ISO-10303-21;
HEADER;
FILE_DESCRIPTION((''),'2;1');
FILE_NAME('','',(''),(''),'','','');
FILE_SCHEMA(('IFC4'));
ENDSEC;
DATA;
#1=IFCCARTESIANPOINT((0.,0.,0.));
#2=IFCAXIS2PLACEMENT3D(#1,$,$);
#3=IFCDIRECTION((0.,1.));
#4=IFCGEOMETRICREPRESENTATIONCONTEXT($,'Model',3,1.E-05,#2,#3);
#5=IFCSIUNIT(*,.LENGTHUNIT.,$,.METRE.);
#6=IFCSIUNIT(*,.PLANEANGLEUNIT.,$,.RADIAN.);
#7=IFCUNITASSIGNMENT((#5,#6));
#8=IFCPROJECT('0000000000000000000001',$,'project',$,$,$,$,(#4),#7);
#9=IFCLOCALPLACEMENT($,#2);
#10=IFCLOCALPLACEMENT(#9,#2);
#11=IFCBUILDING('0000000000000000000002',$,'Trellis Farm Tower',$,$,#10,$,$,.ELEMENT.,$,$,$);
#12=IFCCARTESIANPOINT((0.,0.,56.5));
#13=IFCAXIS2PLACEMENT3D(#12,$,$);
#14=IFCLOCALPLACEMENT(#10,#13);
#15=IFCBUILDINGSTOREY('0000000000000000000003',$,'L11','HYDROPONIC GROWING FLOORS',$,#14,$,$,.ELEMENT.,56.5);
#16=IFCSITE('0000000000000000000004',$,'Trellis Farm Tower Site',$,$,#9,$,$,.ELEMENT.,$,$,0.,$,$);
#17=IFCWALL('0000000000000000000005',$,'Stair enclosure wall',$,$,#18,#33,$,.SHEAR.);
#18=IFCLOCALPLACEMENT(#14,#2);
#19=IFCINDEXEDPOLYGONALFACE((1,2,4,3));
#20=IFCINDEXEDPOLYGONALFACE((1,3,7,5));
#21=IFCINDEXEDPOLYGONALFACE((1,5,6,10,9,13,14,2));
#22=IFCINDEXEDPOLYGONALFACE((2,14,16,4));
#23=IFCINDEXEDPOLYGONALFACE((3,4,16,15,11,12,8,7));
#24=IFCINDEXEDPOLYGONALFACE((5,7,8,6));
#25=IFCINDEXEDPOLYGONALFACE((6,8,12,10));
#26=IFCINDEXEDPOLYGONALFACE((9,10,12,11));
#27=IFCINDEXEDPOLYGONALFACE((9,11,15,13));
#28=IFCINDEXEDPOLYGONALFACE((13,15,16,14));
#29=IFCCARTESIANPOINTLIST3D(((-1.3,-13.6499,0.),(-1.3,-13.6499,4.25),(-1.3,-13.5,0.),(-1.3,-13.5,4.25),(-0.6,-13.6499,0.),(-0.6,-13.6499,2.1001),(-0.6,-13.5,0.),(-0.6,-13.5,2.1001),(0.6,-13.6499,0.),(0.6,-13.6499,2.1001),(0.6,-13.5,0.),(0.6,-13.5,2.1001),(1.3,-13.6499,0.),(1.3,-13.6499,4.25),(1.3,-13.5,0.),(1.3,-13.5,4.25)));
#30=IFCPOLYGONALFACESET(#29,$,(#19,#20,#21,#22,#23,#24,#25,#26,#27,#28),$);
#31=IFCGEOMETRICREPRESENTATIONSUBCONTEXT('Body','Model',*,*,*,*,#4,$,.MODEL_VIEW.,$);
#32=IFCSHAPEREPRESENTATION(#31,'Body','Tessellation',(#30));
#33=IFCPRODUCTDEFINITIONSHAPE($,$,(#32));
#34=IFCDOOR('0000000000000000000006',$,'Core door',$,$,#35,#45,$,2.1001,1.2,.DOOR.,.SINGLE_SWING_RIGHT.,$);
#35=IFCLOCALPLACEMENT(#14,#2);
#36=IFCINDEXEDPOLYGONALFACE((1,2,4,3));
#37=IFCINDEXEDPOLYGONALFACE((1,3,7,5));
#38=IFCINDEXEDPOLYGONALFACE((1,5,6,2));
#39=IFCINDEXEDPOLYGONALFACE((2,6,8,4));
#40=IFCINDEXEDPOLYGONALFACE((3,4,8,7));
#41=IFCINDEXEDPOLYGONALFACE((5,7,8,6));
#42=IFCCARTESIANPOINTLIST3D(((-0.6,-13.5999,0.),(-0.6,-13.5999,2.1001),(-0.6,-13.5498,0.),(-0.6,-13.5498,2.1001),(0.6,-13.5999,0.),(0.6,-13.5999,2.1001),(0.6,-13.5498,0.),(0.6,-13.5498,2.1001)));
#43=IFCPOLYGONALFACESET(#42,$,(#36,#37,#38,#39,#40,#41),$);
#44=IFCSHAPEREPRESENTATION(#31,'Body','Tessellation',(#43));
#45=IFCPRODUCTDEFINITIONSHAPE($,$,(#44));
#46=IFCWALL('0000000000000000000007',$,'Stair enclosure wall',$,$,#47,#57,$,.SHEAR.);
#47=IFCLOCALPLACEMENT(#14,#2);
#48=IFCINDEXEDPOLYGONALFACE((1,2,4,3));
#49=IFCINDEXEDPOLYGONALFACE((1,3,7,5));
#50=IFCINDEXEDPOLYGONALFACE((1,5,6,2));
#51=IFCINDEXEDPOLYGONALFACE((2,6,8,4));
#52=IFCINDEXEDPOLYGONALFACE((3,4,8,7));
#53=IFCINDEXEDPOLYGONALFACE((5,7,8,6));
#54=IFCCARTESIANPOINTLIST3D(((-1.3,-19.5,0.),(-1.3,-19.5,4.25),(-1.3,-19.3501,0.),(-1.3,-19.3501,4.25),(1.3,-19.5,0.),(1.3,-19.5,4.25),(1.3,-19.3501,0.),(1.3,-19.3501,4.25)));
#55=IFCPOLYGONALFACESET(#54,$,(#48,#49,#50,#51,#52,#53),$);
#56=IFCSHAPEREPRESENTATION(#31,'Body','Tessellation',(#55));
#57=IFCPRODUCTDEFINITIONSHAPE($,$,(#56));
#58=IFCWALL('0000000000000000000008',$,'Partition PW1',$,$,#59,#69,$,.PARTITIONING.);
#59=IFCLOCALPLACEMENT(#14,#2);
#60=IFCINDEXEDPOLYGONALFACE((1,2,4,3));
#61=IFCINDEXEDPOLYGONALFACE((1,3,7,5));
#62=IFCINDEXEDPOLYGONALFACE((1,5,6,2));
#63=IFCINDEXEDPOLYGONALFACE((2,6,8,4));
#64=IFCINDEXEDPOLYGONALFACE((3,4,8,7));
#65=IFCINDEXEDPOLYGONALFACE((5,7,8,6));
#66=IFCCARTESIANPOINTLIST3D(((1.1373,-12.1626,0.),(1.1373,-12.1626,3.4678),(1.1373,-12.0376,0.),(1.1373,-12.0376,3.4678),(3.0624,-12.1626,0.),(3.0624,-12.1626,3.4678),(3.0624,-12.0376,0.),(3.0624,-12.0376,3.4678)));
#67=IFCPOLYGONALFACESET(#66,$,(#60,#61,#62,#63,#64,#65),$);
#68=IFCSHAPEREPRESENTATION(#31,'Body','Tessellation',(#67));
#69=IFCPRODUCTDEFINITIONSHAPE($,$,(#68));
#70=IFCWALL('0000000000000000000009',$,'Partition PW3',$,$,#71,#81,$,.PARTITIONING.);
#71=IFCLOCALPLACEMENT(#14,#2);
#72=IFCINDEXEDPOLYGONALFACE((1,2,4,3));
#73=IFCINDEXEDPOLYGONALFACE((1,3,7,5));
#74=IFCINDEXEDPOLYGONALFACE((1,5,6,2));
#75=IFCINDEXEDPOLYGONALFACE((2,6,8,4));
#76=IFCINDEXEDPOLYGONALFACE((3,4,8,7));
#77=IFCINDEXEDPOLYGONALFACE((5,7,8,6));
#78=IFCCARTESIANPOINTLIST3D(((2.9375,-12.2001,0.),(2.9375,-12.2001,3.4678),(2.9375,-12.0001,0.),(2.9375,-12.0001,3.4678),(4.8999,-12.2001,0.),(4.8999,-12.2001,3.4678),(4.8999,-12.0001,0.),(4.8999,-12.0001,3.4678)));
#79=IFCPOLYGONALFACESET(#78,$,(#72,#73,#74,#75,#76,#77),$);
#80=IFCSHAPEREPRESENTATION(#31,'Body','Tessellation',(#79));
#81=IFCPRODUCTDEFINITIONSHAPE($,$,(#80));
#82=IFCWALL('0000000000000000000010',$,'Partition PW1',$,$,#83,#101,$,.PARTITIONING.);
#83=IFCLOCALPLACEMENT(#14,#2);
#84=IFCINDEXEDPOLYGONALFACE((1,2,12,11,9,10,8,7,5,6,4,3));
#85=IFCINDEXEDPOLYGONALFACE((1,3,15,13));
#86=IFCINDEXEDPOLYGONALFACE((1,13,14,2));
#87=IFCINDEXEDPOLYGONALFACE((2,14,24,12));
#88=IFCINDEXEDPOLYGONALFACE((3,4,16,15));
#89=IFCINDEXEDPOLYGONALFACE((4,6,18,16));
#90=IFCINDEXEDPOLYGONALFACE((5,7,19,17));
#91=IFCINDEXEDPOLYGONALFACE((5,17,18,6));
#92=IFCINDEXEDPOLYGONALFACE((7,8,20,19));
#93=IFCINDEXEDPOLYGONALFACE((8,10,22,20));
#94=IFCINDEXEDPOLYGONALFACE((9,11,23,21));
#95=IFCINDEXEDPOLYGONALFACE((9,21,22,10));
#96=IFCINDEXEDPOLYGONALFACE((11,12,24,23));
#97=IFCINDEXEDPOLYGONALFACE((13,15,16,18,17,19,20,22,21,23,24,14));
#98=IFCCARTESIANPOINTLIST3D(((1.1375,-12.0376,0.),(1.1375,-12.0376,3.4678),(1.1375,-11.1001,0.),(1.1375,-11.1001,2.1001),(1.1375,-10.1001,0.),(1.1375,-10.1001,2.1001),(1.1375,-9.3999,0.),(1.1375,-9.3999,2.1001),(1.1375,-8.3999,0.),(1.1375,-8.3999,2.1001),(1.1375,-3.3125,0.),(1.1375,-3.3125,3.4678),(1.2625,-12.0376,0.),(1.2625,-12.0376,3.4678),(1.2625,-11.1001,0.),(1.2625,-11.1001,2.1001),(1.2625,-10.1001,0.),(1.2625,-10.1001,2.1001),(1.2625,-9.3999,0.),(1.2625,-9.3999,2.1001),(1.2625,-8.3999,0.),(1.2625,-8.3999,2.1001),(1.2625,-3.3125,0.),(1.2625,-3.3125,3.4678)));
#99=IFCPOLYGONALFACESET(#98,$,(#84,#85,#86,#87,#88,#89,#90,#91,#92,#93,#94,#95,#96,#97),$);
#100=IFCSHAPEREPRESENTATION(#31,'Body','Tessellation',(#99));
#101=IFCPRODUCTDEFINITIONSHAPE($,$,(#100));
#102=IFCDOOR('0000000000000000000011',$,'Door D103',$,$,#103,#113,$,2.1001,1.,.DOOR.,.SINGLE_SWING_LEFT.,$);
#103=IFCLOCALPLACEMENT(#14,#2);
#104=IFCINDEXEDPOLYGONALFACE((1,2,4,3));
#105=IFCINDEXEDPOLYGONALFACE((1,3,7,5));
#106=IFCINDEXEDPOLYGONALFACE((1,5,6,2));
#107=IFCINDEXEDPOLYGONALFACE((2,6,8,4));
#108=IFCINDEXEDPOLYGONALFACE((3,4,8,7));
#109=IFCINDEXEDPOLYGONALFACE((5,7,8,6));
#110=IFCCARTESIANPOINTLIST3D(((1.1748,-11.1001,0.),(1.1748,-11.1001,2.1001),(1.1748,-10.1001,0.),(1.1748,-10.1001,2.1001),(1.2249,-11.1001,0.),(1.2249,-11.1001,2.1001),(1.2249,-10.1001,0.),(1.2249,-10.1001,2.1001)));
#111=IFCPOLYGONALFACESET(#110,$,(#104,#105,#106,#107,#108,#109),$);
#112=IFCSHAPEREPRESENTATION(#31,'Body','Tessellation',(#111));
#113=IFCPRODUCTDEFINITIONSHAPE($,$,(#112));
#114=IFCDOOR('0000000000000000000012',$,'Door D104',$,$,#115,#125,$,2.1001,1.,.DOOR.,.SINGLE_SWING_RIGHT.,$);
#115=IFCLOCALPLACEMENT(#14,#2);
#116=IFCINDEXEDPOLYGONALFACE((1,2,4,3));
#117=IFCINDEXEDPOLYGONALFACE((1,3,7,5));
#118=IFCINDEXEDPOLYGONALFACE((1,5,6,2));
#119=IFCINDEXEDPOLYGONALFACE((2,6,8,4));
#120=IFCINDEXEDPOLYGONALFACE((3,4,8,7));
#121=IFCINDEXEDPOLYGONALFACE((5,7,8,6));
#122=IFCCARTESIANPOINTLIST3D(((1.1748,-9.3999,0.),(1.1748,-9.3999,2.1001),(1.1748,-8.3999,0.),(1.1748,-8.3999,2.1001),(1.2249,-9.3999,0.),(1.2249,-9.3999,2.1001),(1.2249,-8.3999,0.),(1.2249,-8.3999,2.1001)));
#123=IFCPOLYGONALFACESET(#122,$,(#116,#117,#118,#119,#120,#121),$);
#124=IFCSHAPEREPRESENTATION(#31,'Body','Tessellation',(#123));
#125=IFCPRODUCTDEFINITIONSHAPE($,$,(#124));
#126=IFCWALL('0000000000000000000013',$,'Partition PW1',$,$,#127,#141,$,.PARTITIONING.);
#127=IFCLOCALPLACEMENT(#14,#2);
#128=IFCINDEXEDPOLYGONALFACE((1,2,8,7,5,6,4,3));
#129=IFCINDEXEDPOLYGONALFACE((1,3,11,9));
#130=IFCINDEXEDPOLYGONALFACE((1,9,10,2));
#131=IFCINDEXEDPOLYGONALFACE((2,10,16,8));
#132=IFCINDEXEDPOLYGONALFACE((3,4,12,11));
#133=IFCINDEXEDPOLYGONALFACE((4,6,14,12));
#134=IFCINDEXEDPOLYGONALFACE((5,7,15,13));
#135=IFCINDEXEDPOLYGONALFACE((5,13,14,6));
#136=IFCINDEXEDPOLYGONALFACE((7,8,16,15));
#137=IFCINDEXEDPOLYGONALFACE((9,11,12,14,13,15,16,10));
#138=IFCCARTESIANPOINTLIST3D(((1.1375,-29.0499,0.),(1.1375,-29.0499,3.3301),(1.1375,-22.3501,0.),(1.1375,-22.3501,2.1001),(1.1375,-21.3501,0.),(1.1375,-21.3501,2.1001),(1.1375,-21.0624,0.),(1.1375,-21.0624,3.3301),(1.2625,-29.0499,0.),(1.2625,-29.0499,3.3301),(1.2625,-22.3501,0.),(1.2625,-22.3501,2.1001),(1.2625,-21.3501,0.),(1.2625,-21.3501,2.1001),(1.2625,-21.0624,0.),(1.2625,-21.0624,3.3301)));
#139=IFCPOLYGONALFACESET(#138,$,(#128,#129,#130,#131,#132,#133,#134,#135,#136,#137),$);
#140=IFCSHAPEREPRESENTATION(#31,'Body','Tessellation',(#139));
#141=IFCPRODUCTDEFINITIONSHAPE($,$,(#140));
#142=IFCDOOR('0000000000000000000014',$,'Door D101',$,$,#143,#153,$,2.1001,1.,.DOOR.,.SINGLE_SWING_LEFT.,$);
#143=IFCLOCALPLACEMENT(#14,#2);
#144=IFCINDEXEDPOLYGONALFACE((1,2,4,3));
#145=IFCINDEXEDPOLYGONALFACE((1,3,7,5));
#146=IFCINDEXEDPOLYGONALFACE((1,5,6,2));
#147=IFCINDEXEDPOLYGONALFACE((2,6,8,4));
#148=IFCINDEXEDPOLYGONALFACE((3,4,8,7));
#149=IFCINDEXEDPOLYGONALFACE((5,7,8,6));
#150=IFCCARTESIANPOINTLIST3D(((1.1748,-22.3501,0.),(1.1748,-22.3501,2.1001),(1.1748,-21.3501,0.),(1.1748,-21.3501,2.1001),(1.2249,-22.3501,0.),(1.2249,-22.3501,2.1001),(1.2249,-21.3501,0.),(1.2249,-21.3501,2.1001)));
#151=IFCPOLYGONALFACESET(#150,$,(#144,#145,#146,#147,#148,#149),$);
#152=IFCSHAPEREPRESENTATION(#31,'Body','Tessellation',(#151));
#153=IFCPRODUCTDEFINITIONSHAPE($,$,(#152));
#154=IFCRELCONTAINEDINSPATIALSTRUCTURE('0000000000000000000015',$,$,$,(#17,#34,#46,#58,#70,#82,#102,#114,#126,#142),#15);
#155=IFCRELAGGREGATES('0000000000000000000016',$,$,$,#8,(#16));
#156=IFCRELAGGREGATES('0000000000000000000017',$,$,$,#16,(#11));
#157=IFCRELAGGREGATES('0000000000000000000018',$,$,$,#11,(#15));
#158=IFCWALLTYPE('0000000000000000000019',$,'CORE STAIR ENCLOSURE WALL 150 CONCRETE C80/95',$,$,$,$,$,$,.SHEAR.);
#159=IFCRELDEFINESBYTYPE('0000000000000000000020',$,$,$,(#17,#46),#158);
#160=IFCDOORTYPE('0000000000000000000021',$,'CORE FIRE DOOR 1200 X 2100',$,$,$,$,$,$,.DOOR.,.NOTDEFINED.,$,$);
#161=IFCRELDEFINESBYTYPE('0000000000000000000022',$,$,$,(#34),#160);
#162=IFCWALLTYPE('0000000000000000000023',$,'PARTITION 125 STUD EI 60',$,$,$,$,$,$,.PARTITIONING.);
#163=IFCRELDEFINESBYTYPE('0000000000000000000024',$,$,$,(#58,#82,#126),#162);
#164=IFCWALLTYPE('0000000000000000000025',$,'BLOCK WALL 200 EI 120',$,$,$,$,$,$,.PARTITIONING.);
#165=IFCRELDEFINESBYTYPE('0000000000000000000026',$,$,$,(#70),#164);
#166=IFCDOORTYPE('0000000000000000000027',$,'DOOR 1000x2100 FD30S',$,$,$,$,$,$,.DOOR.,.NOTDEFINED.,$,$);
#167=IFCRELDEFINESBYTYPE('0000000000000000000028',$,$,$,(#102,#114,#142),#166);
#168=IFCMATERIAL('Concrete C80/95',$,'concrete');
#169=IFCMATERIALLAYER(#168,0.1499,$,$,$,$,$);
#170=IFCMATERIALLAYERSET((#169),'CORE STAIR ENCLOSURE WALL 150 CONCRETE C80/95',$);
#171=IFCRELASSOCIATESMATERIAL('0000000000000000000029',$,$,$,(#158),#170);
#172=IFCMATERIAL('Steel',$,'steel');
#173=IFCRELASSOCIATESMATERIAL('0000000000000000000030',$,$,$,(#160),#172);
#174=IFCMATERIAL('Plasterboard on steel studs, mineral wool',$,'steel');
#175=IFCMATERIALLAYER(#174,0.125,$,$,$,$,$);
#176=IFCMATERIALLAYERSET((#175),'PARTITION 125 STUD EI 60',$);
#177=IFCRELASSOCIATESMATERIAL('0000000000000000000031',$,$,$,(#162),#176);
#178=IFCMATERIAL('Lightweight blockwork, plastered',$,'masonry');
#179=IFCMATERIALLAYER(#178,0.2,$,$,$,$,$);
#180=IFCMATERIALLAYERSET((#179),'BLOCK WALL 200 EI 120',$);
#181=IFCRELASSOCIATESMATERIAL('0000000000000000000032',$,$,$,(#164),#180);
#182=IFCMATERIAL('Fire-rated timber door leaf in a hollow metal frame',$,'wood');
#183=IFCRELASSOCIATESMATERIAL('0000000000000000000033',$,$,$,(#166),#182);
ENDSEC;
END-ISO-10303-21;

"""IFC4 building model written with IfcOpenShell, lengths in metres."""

from ifc_helpers import new_model, si_unit, direction, frame, frame_2d, origin, place, context, subcontext, project, spatial, rectangle, extrude, source, transform, mapped, material, layer, layer_set, type_object, element, fill, save


model = new_model("IFC4")

# Units and contexts
model_context = context("Model", 3, precision=1e-05, world=origin(), true_north=direction((0.0, 1.0)))
body_context = subcontext(model_context, "Body", "Model", "MODEL_VIEW")
ifc_project = project(units=[si_unit("LENGTHUNIT", "METRE"), si_unit("PLANEANGLEUNIT", "RADIAN")], contexts=[model_context])

# Site, building, storey
site_placement = place(None, origin())
site = spatial("IfcSite", under=ifc_project, at=site_placement, Name="Trellis Farm Tower Site", CompositionType="ELEMENT", RefElevation=0.0)
building_placement = place(site_placement, origin())
building = spatial("IfcBuilding", under=site, at=building_placement, Name="Trellis Farm Tower", CompositionType="ELEMENT")
storey_placement = place(building_placement, frame((0.0, 0.0, 56.5)))
storey = spatial("IfcBuildingStorey", under=building, at=storey_placement, Name="L11", Description="HYDROPONIC GROWING FLOORS", CompositionType="ELEMENT", Elevation=56.5)

# Shared definitions
ifc_material_1 = material(Name="Concrete C80/95", Category="concrete")

# Wall, opening, door
ifc_layer_1 = layer(ifc_material_1, 0.1499)
ifc_layer_set_1 = layer_set([ifc_layer_1], Name="CORE STAIR ENCLOSURE WALL 150 CONCRETE C80/95")
wall_type_1 = type_object("IfcWallType", Name="CORE STAIR ENCLOSURE WALL 150 CONCRETE C80/95", PredefinedType="SHEAR", material=ifc_layer_set_1)
shared_shape_1 = source(origin(), body_context, "Body", "SweptSolid", [
    extrude(rectangle(XDim=2.6001, YDim=0.1499, at=frame_2d((1.3, 0.0))), origin(), (0.0, 0.0, 1.0), 4.25),
])
wall_1_placement = place(storey_placement, frame((1.3, -13.575, 0.0), z_axis=(0.0, 0.0, 1.0), x_axis=(-1.0, 0.0, 0.0)))
wall_1 = element("IfcWall", 1, at=wall_1_placement, inside=storey, type_object=wall_type_1, Name="Stair enclosure wall", PredefinedType="SHEAR", context=body_context, shape_type="MappedRepresentation", body=[
    mapped(shared_shape_1, transform((0.0, 0.0, 0.0))),
])
shared_shape_2 = source(origin(), body_context, "Body", "SweptSolid", [
    extrude(rectangle(XDim=1.2, YDim=2.1001, at=frame_2d((0.6001, 1.05))), frame((0.0, 0.085, 0.0), z_axis=(0.0, -1.0, 0.0), x_axis=(1.0, 0.0, 0.0)), (0.0, 0.0, 1.0), 0.1699),
])
opening_1_placement = place(wall_1_placement, frame((0.7, 0.0, 0.0)))
opening_1 = element("IfcOpeningElement", 2, at=opening_1_placement, cuts=wall_1, PredefinedType="OPENING", context=body_context, shape_type="MappedRepresentation", body=[
    mapped(shared_shape_2, transform((0.0, 0.0, 0.0))),
])
ifc_material_2 = material(Name="Steel", Category="steel")
door_type_1 = type_object("IfcDoorType", Name="CORE FIRE DOOR 1200 X 2100", OperationType="NOTDEFINED", PredefinedType="DOOR", material=ifc_material_2)
shared_shape_3 = source(origin(), body_context, "Body", "SweptSolid", [
    extrude(rectangle(XDim=1.2, YDim=2.1001, at=frame_2d((0.6001, 1.05))), frame((0.0, 0.0249, 0.0), z_axis=(0.0, -1.0, 0.0), x_axis=(1.0, 0.0, 0.0)), (0.0, 0.0, 1.0), 0.05),
])
door_1_placement = place(opening_1_placement, origin())
door_1 = element("IfcDoor", 3, at=door_1_placement, inside=storey, type_object=door_type_1, Name="Core door", OperationType="SINGLE_SWING_RIGHT", OverallHeight=2.1001, OverallWidth=1.2, PredefinedType="DOOR", context=body_context, shape_type="MappedRepresentation", body=[
    mapped(shared_shape_3, transform((0.0, 0.0, 0.0))),
])
fill(opening_1, door_1)

# Walls
wall_2_placement = place(storey_placement, frame((1.3, -19.425, 0.0), z_axis=(0.0, 0.0, 1.0), x_axis=(-1.0, 0.0, 0.0)))
element("IfcWall", 4, at=wall_2_placement, inside=storey, type_object=wall_type_1, Name="Stair enclosure wall", PredefinedType="SHEAR", context=body_context, shape_type="MappedRepresentation", body=[
    mapped(shared_shape_1, transform((0.0, 0.0, 0.0))),
])
ifc_material_3 = material(Name="Plasterboard on steel studs, mineral wool", Category="steel")
ifc_layer_2 = layer(ifc_material_3, 0.125)
ifc_layer_set_2 = layer_set([ifc_layer_2], Name="PARTITION 125 STUD EI 60")
wall_type_2 = type_object("IfcWallType", Name="PARTITION 125 STUD EI 60", PredefinedType="PARTITIONING", material=ifc_layer_set_2)
shared_shape_4 = source(origin(), body_context, "Body", "SweptSolid", [
    extrude(rectangle(XDim=1.925, YDim=0.125, at=frame_2d((0.9624, 0.0))), origin(), (0.0, 0.0, 1.0), 3.4678),
])
wall_3_placement = place(storey_placement, frame((1.1375, -12.1001, 0.0), z_axis=(0.0, 0.0, 1.0), x_axis=(1.0, 0.0, 0.0)))
element("IfcWall", 5, at=wall_3_placement, inside=storey, type_object=wall_type_2, Name="Partition PW1", PredefinedType="PARTITIONING", context=body_context, shape_type="MappedRepresentation", body=[
    mapped(shared_shape_4, transform((0.0, 0.0, 0.0))),
])
ifc_material_4 = material(Name="Lightweight blockwork, plastered", Category="masonry")
ifc_layer_3 = layer(ifc_material_4, 0.2)
ifc_layer_set_3 = layer_set([ifc_layer_3], Name="BLOCK WALL 200 EI 120")
wall_type_3 = type_object("IfcWallType", Name="BLOCK WALL 200 EI 120", PredefinedType="PARTITIONING", material=ifc_layer_set_3)
shared_shape_5 = source(origin(), body_context, "Body", "SweptSolid", [
    extrude(rectangle(XDim=1.9624, YDim=0.2, at=frame_2d((0.9812, 0.0))), origin(), (0.0, 0.0, 1.0), 3.4678),
])
wall_4_placement = place(storey_placement, frame((2.9375, -12.1001, 0.0), z_axis=(0.0, 0.0, 1.0), x_axis=(1.0, 0.0, 0.0)))
element("IfcWall", 6, at=wall_4_placement, inside=storey, type_object=wall_type_3, Name="Partition PW3", PredefinedType="PARTITIONING", context=body_context, shape_type="MappedRepresentation", body=[
    mapped(shared_shape_5, transform((0.0, 0.0, 0.0))),
])

# Wall, openings, doors
shared_shape_6 = source(origin(), body_context, "Body", "SweptSolid", [
    extrude(rectangle(XDim=8.7251, YDim=0.125, at=frame_2d((4.3625, 0.0))), origin(), (0.0, 0.0, 1.0), 3.4678),
])
wall_5_placement = place(storey_placement, frame((1.2, -3.3125, 0.0), z_axis=(0.0, 0.0, 1.0), x_axis=(0.0, -1.0, 0.0)))
wall_5 = element("IfcWall", 7, at=wall_5_placement, inside=storey, type_object=wall_type_2, Name="Partition PW1", PredefinedType="PARTITIONING", context=body_context, shape_type="MappedRepresentation", body=[
    mapped(shared_shape_6, transform((0.0, 0.0, 0.0))),
])
shared_shape_7 = source(origin(), body_context, "Body", "SweptSolid", [
    extrude(rectangle(XDim=1.0, YDim=2.1001, at=frame_2d((0.5, 1.05))), frame((0.0, 0.0725, 0.0), z_axis=(0.0, -1.0, 0.0), x_axis=(1.0, 0.0, 0.0)), (0.0, 0.0, 1.0), 0.145),
])
opening_2_placement = place(wall_5_placement, frame((6.7876, 0.0, 0.0)))
opening_2 = element("IfcOpeningElement", 8, at=opening_2_placement, cuts=wall_5, PredefinedType="OPENING", context=body_context, shape_type="MappedRepresentation", body=[
    mapped(shared_shape_7, transform((0.0, 0.0, 0.0))),
])
opening_3_placement = place(wall_5_placement, frame((5.0874, 0.0, 0.0)))
opening_3 = element("IfcOpeningElement", 9, at=opening_3_placement, cuts=wall_5, PredefinedType="OPENING", context=body_context, shape_type="MappedRepresentation", body=[
    mapped(shared_shape_7, transform((0.0, 0.0, 0.0))),
])
ifc_material_5 = material(Name="Fire-rated timber door leaf in a hollow metal frame", Category="wood")
door_type_2 = type_object("IfcDoorType", Name="DOOR 1000x2100 FD30S", OperationType="NOTDEFINED", PredefinedType="DOOR", material=ifc_material_5)
shared_shape_8 = source(origin(), body_context, "Body", "SweptSolid", [
    extrude(rectangle(XDim=1.0, YDim=2.1001, at=frame_2d((0.5, 1.05))), frame((0.0, 0.0249, 0.0), z_axis=(0.0, -1.0, 0.0), x_axis=(1.0, 0.0, 0.0)), (0.0, 0.0, 1.0), 0.05),
])
door_2_placement = place(opening_2_placement, origin())
door_2 = element("IfcDoor", 10, at=door_2_placement, inside=storey, type_object=door_type_2, Name="Door D103", OperationType="SINGLE_SWING_LEFT", OverallHeight=2.1001, OverallWidth=1.0, PredefinedType="DOOR", context=body_context, shape_type="MappedRepresentation", body=[
    mapped(shared_shape_8, transform((0.0, 0.0, 0.0))),
])
fill(opening_2, door_2)
door_3_placement = place(opening_3_placement, origin())
door_3 = element("IfcDoor", 11, at=door_3_placement, inside=storey, type_object=door_type_2, Name="Door D104", OperationType="SINGLE_SWING_RIGHT", OverallHeight=2.1001, OverallWidth=1.0, PredefinedType="DOOR", context=body_context, shape_type="MappedRepresentation", body=[
    mapped(shared_shape_8, transform((0.0, 0.0, 0.0))),
])
fill(opening_3, door_3)

# Wall, opening, door
shared_shape_9 = source(origin(), body_context, "Body", "SweptSolid", [
    extrude(rectangle(XDim=7.9875, YDim=0.125, at=frame_2d((3.9937, 0.0))), origin(), (0.0, 0.0, 1.0), 3.3301),
])
wall_6_placement = place(storey_placement, frame((1.2, -21.0625, 0.0), z_axis=(0.0, 0.0, 1.0), x_axis=(0.0, -1.0, 0.0)))
wall_6 = element("IfcWall", 12, at=wall_6_placement, inside=storey, type_object=wall_type_2, Name="Partition PW1", PredefinedType="PARTITIONING", context=body_context, shape_type="MappedRepresentation", body=[
    mapped(shared_shape_9, transform((0.0, 0.0, 0.0))),
])
opening_4_placement = place(wall_6_placement, frame((0.2876, 0.0, 0.0)))
opening_4 = element("IfcOpeningElement", 13, at=opening_4_placement, cuts=wall_6, PredefinedType="OPENING", context=body_context, shape_type="MappedRepresentation", body=[
    mapped(shared_shape_7, transform((0.0, 0.0, 0.0))),
])
door_4_placement = place(opening_4_placement, origin())
door_4 = element("IfcDoor", 14, at=door_4_placement, inside=storey, type_object=door_type_2, Name="Door D101", OperationType="SINGLE_SWING_LEFT", OverallHeight=2.1001, OverallWidth=1.0, PredefinedType="DOOR", context=body_context, shape_type="MappedRepresentation", body=[
    mapped(shared_shape_8, transform((0.0, 0.0, 0.0))),
])
fill(opening_4, door_4)

save(model, "model.ifc")
